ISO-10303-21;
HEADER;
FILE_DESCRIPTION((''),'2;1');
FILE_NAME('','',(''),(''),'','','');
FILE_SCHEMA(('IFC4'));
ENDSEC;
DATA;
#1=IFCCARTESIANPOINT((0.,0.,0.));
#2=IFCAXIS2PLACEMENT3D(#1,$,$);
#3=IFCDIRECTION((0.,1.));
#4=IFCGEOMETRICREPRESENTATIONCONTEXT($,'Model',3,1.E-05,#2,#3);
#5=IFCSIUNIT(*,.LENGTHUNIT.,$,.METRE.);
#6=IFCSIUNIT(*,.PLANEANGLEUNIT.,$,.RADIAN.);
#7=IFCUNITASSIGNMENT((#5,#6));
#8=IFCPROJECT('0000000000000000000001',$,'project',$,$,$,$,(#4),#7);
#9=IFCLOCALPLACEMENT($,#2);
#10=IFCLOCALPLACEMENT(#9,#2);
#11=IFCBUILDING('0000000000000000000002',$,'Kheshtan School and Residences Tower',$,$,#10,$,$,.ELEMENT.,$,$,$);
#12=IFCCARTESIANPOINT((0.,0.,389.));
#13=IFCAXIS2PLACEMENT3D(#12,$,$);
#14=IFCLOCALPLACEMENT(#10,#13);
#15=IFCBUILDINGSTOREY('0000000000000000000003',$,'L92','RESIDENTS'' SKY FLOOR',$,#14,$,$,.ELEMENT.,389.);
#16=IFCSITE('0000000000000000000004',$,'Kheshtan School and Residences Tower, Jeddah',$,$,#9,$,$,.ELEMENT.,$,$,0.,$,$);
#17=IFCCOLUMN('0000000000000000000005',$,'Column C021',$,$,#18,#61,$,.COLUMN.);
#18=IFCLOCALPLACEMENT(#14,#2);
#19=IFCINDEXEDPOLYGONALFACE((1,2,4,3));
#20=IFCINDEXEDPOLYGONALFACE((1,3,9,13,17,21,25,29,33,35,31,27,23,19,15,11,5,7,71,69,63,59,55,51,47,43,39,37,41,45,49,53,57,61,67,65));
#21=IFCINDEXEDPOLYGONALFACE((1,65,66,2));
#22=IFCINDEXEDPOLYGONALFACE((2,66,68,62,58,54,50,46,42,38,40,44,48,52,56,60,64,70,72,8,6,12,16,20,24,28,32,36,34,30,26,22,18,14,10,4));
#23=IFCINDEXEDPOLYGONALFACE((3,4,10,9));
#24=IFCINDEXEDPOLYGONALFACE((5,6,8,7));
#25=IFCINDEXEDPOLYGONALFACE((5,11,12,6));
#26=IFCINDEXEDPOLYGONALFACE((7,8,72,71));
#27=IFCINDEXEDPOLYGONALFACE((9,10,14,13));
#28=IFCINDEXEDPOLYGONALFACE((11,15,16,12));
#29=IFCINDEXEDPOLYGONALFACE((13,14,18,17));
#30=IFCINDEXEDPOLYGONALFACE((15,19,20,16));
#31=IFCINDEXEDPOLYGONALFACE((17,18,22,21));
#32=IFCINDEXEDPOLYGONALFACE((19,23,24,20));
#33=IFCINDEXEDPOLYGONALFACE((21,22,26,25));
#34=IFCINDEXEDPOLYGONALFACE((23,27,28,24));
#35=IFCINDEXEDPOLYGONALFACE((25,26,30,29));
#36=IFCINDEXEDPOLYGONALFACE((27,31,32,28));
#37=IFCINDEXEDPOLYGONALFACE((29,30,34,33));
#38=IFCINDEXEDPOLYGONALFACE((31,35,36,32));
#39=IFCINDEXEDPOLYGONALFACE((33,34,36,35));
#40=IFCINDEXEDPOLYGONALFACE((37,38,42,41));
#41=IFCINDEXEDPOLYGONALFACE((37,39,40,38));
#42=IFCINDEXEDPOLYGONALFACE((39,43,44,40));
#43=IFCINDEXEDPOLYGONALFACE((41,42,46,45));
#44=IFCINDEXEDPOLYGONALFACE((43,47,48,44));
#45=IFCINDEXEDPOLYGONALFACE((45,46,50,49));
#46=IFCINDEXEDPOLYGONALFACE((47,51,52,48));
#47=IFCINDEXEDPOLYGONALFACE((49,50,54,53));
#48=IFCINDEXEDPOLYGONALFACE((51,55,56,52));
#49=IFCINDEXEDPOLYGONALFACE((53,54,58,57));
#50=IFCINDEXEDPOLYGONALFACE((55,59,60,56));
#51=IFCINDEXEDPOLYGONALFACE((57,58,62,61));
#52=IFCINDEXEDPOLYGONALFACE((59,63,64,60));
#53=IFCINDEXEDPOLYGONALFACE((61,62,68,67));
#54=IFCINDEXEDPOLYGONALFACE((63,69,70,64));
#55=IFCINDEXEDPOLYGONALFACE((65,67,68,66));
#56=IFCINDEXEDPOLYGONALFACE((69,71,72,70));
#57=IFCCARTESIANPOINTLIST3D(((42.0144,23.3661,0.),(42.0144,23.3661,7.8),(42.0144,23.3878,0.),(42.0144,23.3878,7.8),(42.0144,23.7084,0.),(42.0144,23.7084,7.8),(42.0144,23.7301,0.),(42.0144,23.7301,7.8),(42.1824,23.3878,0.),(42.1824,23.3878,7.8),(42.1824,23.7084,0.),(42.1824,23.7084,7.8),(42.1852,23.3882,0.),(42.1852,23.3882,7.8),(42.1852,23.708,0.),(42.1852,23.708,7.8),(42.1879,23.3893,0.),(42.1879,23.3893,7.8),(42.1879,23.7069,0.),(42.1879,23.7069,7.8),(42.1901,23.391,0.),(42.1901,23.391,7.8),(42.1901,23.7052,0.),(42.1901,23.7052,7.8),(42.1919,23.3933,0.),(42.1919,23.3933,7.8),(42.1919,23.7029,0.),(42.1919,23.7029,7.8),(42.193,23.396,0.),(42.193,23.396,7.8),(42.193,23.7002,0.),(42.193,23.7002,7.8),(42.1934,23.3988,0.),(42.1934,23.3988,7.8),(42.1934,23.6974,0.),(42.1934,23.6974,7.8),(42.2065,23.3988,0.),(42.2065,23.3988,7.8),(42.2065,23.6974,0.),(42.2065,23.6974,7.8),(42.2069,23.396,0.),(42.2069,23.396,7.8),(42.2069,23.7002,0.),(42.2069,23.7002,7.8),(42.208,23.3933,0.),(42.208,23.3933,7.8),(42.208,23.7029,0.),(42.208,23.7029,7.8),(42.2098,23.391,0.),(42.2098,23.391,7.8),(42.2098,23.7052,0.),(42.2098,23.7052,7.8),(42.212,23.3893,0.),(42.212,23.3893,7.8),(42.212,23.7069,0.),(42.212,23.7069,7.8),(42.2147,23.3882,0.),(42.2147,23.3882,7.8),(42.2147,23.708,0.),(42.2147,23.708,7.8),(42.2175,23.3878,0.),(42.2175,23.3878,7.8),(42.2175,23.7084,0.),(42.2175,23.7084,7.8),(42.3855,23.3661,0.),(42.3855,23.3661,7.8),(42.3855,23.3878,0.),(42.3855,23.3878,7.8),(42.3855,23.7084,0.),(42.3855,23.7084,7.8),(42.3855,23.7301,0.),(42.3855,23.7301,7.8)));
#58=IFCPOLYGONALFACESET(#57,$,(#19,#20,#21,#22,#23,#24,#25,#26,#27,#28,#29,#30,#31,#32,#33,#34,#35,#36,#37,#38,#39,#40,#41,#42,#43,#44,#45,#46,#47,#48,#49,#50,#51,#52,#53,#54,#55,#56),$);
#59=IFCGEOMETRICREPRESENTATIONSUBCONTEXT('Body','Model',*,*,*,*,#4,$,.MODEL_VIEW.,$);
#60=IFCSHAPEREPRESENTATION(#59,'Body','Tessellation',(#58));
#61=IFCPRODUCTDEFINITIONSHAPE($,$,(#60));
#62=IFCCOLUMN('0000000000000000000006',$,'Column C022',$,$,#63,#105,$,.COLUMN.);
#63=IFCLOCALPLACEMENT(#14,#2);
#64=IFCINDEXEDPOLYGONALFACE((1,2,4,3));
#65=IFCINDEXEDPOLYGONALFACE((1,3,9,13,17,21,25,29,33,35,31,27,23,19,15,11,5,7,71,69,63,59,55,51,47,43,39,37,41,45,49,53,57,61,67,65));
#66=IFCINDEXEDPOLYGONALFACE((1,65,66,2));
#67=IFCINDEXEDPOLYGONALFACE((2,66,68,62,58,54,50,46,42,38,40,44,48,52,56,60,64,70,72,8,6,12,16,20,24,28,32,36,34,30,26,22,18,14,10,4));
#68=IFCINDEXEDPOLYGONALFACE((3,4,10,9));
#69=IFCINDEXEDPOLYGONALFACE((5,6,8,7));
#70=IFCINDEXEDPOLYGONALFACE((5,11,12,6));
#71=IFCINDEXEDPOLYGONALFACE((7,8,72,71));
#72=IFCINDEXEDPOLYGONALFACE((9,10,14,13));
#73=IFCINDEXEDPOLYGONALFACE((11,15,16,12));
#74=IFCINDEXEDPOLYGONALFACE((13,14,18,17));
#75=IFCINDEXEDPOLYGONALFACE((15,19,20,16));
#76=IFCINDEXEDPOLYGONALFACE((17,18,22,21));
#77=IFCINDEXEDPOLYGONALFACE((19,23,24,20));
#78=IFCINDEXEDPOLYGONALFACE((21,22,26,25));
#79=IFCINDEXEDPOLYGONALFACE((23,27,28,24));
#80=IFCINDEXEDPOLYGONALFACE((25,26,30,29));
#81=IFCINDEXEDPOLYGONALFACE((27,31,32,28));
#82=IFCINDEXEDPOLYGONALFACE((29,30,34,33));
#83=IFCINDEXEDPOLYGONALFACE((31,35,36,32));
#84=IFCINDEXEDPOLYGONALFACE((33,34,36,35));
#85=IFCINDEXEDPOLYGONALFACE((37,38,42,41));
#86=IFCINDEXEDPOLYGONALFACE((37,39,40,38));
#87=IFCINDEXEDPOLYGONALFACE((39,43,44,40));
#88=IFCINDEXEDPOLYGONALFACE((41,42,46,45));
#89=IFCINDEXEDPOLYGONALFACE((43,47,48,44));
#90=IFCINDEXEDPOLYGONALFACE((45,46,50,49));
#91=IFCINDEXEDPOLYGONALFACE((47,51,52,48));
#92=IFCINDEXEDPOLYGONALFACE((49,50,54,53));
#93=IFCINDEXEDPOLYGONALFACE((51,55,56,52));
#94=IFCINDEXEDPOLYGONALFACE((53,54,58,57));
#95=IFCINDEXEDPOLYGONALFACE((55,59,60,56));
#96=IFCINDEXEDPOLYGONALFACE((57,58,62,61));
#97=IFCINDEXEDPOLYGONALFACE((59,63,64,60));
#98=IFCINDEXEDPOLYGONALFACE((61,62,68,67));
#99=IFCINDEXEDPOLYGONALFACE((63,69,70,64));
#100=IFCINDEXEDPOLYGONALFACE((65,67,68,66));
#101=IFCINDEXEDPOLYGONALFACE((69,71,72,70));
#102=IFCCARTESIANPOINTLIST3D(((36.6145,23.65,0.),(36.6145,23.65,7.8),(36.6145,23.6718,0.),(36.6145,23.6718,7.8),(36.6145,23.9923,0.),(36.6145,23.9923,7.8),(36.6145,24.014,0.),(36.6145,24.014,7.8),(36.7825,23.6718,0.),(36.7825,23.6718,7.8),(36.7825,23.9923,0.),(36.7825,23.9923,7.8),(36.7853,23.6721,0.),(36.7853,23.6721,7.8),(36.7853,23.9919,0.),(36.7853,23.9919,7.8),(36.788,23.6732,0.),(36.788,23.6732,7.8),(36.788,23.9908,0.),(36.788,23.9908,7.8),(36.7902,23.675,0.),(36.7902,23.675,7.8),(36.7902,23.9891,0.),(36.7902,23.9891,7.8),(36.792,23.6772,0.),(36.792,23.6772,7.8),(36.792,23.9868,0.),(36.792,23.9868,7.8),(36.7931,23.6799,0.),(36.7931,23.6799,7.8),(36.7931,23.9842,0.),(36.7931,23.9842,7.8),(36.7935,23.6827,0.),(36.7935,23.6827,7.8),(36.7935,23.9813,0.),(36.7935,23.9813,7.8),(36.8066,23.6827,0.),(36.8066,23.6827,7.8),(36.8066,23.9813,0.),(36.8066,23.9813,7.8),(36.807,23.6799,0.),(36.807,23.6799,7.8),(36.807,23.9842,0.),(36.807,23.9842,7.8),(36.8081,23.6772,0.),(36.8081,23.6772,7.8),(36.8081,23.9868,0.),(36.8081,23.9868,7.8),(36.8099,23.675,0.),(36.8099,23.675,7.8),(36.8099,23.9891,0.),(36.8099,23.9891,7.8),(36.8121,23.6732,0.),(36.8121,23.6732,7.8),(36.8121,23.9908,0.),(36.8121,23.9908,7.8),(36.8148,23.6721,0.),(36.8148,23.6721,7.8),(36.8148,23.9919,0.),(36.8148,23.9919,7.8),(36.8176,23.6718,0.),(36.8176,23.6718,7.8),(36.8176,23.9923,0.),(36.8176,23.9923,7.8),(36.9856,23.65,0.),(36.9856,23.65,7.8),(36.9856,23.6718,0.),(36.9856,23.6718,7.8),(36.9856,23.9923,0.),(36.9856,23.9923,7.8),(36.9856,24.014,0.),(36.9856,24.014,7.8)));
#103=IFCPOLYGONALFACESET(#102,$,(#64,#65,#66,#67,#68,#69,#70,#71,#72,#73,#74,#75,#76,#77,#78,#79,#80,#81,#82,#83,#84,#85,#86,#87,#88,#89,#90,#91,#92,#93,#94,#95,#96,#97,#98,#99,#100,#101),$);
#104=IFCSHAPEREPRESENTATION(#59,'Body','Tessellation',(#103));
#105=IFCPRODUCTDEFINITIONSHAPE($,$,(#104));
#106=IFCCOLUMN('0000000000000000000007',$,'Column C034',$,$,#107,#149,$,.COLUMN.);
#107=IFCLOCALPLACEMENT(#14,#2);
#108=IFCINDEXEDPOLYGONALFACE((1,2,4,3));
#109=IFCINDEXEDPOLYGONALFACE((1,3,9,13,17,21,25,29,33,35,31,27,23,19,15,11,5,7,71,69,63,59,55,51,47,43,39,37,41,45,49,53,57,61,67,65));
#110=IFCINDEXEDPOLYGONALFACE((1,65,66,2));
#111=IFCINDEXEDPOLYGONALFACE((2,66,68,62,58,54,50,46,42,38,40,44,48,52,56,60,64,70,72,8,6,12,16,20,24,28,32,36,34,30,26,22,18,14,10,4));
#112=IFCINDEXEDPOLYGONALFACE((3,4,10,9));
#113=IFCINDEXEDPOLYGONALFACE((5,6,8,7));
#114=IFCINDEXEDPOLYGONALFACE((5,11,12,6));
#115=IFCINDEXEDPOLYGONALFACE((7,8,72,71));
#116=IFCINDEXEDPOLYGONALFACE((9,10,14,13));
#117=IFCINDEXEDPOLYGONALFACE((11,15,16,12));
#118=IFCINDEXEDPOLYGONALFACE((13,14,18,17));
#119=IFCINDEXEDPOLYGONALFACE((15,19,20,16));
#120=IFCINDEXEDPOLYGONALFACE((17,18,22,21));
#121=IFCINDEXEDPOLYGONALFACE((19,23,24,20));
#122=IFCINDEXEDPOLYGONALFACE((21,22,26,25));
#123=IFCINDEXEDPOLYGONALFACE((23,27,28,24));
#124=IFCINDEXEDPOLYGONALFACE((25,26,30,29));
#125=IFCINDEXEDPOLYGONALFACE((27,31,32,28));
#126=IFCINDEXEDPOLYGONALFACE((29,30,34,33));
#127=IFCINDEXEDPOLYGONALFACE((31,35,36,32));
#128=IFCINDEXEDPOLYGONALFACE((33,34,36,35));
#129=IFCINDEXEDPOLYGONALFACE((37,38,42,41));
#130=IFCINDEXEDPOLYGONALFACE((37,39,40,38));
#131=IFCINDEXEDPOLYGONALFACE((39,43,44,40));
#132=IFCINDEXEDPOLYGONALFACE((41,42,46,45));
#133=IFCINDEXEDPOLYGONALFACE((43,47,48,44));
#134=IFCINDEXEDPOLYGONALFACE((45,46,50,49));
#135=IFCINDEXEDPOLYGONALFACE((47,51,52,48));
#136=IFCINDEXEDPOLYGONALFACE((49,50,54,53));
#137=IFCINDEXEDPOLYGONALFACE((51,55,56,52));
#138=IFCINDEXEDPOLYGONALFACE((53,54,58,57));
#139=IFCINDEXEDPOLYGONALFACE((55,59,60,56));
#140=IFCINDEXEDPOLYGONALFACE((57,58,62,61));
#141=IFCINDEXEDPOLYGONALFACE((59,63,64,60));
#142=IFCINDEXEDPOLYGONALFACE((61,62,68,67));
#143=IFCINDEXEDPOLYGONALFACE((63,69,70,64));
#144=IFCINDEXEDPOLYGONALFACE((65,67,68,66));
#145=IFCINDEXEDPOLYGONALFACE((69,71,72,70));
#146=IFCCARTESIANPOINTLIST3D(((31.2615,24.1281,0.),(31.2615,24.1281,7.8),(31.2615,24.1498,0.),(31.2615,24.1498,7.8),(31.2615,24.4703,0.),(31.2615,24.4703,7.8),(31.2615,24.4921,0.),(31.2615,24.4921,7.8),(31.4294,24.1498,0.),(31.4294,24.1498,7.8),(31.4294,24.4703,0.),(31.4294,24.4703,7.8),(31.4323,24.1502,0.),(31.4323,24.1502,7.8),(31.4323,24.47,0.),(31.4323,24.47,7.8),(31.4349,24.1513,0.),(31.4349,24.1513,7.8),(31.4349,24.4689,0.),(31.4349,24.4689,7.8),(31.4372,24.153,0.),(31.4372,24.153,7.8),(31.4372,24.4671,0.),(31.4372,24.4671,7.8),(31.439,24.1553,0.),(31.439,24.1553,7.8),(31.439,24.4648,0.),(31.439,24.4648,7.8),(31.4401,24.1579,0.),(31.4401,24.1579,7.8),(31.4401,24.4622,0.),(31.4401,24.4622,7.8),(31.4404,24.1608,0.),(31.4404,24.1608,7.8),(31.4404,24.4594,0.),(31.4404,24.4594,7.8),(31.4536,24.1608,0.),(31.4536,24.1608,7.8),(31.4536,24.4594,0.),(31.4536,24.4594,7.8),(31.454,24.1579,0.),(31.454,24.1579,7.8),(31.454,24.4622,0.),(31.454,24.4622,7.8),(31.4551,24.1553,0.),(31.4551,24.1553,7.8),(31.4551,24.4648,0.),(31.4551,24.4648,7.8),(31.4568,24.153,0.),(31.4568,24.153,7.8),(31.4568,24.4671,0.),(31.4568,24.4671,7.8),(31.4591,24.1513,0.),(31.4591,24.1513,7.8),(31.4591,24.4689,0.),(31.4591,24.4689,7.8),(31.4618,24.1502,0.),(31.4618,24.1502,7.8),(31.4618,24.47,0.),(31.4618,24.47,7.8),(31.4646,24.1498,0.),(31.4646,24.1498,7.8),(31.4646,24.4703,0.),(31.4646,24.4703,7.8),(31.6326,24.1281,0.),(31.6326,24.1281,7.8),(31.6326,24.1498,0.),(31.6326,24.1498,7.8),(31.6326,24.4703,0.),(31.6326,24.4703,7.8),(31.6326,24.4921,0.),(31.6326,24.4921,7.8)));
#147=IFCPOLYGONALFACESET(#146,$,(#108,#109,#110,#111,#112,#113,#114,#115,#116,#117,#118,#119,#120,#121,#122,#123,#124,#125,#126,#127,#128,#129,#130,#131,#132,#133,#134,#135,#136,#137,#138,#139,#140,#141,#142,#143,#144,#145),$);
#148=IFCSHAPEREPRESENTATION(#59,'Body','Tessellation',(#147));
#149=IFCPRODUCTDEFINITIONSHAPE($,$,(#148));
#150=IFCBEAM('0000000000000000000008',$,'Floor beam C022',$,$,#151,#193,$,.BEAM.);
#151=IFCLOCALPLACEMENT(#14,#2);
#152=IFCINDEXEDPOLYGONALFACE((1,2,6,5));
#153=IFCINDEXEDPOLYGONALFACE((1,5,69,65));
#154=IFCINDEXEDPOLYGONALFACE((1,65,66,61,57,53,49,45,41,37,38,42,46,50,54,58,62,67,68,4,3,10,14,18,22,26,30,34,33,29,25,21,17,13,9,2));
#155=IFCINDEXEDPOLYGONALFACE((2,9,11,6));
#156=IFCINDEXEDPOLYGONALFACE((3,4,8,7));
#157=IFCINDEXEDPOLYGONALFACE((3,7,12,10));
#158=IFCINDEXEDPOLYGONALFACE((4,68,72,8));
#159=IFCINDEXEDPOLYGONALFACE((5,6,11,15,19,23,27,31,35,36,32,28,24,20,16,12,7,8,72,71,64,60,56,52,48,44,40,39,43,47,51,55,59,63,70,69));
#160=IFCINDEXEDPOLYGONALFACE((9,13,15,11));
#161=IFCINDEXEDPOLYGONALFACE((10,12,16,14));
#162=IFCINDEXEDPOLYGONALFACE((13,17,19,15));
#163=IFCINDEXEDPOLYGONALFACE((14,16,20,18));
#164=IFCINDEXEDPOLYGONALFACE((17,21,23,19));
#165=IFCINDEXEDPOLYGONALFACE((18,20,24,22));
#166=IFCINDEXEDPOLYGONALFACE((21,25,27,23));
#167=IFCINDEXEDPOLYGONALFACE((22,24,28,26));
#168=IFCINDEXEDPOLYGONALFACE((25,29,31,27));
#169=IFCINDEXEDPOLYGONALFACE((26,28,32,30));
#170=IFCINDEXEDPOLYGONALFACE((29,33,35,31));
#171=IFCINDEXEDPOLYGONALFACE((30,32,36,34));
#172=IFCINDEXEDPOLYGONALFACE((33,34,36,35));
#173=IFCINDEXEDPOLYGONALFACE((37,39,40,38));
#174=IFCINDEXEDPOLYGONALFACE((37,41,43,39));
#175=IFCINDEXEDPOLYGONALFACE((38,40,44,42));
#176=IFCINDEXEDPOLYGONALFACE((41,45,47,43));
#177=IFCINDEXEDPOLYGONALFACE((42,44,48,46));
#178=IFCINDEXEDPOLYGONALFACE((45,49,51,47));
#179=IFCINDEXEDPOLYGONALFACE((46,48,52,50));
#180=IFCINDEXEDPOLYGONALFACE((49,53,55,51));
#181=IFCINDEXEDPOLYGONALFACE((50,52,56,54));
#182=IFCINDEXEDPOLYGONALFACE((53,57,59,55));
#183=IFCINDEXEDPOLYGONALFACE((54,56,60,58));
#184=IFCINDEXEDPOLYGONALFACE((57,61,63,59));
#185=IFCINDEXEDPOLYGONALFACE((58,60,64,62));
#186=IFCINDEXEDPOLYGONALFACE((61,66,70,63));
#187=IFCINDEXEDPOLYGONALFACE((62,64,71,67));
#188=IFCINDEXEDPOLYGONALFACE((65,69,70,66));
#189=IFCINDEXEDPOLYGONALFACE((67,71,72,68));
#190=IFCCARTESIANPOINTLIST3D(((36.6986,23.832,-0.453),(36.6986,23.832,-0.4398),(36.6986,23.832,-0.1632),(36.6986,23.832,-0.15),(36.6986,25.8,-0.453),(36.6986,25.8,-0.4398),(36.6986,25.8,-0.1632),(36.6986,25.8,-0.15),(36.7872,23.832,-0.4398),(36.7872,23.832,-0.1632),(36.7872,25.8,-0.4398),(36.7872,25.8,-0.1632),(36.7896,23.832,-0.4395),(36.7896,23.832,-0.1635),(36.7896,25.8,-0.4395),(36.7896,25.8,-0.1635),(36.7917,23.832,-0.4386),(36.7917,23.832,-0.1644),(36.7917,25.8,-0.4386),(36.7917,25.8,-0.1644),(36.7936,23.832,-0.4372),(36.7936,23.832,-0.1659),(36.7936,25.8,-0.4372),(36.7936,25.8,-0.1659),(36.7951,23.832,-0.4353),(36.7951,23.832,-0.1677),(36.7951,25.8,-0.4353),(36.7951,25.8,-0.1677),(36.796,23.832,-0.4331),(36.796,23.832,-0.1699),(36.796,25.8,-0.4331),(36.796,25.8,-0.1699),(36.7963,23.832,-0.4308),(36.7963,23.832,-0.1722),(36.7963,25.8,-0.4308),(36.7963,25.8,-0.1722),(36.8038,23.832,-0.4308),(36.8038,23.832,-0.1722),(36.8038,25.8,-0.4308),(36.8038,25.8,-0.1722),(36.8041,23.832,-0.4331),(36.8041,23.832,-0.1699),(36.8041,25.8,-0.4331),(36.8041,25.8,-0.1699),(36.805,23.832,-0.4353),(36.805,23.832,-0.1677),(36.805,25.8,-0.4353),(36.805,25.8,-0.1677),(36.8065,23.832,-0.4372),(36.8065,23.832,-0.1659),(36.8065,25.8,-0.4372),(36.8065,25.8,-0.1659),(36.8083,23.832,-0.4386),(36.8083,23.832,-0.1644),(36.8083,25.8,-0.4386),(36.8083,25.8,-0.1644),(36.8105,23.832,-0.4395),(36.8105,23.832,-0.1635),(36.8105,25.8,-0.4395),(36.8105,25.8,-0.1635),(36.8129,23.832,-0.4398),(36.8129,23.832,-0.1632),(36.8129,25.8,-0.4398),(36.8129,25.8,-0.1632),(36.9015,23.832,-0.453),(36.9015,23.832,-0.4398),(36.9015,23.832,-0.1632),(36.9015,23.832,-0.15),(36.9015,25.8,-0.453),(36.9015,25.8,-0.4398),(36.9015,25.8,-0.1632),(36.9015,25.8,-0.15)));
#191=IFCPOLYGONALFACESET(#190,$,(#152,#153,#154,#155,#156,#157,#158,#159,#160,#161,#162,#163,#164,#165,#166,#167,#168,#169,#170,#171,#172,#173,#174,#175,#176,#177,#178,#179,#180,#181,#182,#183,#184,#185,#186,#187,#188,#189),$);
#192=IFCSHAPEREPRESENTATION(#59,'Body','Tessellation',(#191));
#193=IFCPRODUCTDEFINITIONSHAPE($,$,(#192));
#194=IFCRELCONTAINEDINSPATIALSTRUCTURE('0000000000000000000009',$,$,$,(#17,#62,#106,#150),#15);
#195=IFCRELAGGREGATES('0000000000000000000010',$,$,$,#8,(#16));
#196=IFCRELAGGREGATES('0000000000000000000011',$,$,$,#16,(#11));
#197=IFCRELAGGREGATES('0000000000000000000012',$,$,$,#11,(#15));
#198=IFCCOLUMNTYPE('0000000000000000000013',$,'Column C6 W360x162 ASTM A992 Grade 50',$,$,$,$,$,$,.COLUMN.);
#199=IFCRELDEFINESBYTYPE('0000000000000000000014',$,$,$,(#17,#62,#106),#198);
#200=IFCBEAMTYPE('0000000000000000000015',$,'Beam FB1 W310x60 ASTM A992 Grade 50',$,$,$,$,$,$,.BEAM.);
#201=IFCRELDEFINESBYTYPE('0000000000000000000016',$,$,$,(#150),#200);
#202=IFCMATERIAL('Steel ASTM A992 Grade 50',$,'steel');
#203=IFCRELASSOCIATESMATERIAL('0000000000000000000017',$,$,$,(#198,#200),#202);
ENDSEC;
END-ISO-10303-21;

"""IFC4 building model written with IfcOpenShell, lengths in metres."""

from ifc_helpers import new_model, si_unit, direction, frame, origin, origin_2d, place, context, subcontext, project, spatial, i_section, extrude, material, material_profile, profile_set, type_object, element, save


model = new_model("IFC4")

# Units and contexts
model_context = context("Model", 3, precision=1e-05, world=origin(), true_north=direction((0.0, 1.0)))
body_context = subcontext(model_context, "Body", "Model", "MODEL_VIEW")
ifc_project = project(units=[si_unit("LENGTHUNIT", "METRE"), si_unit("PLANEANGLEUNIT", "RADIAN")], contexts=[model_context])

# Site, building, storey
site_placement = place(None, origin())
site = spatial("IfcSite", under=ifc_project, at=site_placement, Name="Kheshtan School and Residences Tower, Jeddah", CompositionType="ELEMENT", RefElevation=0.0)
building_placement = place(site_placement, origin())
building = spatial("IfcBuilding", under=site, at=building_placement, Name="Kheshtan School and Residences Tower", CompositionType="ELEMENT")
storey_placement = place(building_placement, frame((0.0, 0.0, 389.0)))
storey = spatial("IfcBuildingStorey", under=building, at=storey_placement, Name="L92", Description="RESIDENTS' SKY FLOOR", CompositionType="ELEMENT", Elevation=389.0)

# Columns
ifc_material_1 = material(Name="Steel ASTM A992 Grade 50", Category="steel")
ifc_material_profile_1 = material_profile(ifc_material_1, i_section(OverallWidth=0.3711, OverallDepth=0.364, WebThickness=0.0132, FlangeThickness=0.0217, FilletRadius=0.011, at=origin_2d()), Name="W360x162")
ifc_profile_set_1 = profile_set([ifc_material_profile_1], Name="Steel ASTM A992 Grade 50")
column_type = type_object("IfcColumnType", Name="Column C6 W360x162 ASTM A992 Grade 50", PredefinedType="COLUMN", material=ifc_profile_set_1)
for number, where, z_axis, x_axis, name in (
    (1, (42.2, 23.5481, 0.0), (0.0, 0.0, 1.0), (1.0, 0.0, 0.0), "Column C021"),
    (2, (36.8, 23.832, 0.0), (0.0, 0.0, 1.0), (1.0, 0.0, 0.0), "Column C022"),
    (3, (31.447, 24.3101, 0.0), (0.0, 0.0, 1.0), (1.0, 0.0, 0.0), "Column C034"),
):
    element("IfcColumn", number, at=place(storey_placement, frame(where, z_axis=z_axis, x_axis=x_axis)), inside=storey, type_object=column_type, Name=name, PredefinedType="COLUMN", context=body_context, shape_type="SweptSolid", body=[
        extrude(i_section(OverallWidth=0.3711, OverallDepth=0.364, WebThickness=0.0132, FlangeThickness=0.0217, FilletRadius=0.011, at=origin_2d()), origin(), (0.0, 0.0, 1.0), 7.8),
    ])

# Beam
ifc_material_profile_2 = material_profile(ifc_material_1, i_section(OverallWidth=0.2029, OverallDepth=0.303, WebThickness=0.0076, FlangeThickness=0.0132, FilletRadius=0.009, at=origin_2d()), Name="W310x60")
ifc_profile_set_2 = profile_set([ifc_material_profile_2], Name="Steel ASTM A992 Grade 50")
beam_type_1 = type_object("IfcBeamType", Name="Beam FB1 W310x60 ASTM A992 Grade 50", PredefinedType="BEAM", material=ifc_profile_set_2)
beam_1_placement = place(storey_placement, frame((36.8, 23.832, -0.3015), z_axis=(0.0, 1.0, 0.0), x_axis=(-1.0, 0.0, 0.0)))
element("IfcBeam", 4, at=beam_1_placement, inside=storey, type_object=beam_type_1, Name="Floor beam C022", PredefinedType="BEAM", context=body_context, shape_type="SweptSolid", body=[
    extrude(i_section(OverallWidth=0.2029, OverallDepth=0.303, WebThickness=0.0076, FlangeThickness=0.0132, FilletRadius=0.009, at=origin_2d()), origin(), (0.0, 0.0, 1.0), 1.968),
])

save(model, "model.ifc")
